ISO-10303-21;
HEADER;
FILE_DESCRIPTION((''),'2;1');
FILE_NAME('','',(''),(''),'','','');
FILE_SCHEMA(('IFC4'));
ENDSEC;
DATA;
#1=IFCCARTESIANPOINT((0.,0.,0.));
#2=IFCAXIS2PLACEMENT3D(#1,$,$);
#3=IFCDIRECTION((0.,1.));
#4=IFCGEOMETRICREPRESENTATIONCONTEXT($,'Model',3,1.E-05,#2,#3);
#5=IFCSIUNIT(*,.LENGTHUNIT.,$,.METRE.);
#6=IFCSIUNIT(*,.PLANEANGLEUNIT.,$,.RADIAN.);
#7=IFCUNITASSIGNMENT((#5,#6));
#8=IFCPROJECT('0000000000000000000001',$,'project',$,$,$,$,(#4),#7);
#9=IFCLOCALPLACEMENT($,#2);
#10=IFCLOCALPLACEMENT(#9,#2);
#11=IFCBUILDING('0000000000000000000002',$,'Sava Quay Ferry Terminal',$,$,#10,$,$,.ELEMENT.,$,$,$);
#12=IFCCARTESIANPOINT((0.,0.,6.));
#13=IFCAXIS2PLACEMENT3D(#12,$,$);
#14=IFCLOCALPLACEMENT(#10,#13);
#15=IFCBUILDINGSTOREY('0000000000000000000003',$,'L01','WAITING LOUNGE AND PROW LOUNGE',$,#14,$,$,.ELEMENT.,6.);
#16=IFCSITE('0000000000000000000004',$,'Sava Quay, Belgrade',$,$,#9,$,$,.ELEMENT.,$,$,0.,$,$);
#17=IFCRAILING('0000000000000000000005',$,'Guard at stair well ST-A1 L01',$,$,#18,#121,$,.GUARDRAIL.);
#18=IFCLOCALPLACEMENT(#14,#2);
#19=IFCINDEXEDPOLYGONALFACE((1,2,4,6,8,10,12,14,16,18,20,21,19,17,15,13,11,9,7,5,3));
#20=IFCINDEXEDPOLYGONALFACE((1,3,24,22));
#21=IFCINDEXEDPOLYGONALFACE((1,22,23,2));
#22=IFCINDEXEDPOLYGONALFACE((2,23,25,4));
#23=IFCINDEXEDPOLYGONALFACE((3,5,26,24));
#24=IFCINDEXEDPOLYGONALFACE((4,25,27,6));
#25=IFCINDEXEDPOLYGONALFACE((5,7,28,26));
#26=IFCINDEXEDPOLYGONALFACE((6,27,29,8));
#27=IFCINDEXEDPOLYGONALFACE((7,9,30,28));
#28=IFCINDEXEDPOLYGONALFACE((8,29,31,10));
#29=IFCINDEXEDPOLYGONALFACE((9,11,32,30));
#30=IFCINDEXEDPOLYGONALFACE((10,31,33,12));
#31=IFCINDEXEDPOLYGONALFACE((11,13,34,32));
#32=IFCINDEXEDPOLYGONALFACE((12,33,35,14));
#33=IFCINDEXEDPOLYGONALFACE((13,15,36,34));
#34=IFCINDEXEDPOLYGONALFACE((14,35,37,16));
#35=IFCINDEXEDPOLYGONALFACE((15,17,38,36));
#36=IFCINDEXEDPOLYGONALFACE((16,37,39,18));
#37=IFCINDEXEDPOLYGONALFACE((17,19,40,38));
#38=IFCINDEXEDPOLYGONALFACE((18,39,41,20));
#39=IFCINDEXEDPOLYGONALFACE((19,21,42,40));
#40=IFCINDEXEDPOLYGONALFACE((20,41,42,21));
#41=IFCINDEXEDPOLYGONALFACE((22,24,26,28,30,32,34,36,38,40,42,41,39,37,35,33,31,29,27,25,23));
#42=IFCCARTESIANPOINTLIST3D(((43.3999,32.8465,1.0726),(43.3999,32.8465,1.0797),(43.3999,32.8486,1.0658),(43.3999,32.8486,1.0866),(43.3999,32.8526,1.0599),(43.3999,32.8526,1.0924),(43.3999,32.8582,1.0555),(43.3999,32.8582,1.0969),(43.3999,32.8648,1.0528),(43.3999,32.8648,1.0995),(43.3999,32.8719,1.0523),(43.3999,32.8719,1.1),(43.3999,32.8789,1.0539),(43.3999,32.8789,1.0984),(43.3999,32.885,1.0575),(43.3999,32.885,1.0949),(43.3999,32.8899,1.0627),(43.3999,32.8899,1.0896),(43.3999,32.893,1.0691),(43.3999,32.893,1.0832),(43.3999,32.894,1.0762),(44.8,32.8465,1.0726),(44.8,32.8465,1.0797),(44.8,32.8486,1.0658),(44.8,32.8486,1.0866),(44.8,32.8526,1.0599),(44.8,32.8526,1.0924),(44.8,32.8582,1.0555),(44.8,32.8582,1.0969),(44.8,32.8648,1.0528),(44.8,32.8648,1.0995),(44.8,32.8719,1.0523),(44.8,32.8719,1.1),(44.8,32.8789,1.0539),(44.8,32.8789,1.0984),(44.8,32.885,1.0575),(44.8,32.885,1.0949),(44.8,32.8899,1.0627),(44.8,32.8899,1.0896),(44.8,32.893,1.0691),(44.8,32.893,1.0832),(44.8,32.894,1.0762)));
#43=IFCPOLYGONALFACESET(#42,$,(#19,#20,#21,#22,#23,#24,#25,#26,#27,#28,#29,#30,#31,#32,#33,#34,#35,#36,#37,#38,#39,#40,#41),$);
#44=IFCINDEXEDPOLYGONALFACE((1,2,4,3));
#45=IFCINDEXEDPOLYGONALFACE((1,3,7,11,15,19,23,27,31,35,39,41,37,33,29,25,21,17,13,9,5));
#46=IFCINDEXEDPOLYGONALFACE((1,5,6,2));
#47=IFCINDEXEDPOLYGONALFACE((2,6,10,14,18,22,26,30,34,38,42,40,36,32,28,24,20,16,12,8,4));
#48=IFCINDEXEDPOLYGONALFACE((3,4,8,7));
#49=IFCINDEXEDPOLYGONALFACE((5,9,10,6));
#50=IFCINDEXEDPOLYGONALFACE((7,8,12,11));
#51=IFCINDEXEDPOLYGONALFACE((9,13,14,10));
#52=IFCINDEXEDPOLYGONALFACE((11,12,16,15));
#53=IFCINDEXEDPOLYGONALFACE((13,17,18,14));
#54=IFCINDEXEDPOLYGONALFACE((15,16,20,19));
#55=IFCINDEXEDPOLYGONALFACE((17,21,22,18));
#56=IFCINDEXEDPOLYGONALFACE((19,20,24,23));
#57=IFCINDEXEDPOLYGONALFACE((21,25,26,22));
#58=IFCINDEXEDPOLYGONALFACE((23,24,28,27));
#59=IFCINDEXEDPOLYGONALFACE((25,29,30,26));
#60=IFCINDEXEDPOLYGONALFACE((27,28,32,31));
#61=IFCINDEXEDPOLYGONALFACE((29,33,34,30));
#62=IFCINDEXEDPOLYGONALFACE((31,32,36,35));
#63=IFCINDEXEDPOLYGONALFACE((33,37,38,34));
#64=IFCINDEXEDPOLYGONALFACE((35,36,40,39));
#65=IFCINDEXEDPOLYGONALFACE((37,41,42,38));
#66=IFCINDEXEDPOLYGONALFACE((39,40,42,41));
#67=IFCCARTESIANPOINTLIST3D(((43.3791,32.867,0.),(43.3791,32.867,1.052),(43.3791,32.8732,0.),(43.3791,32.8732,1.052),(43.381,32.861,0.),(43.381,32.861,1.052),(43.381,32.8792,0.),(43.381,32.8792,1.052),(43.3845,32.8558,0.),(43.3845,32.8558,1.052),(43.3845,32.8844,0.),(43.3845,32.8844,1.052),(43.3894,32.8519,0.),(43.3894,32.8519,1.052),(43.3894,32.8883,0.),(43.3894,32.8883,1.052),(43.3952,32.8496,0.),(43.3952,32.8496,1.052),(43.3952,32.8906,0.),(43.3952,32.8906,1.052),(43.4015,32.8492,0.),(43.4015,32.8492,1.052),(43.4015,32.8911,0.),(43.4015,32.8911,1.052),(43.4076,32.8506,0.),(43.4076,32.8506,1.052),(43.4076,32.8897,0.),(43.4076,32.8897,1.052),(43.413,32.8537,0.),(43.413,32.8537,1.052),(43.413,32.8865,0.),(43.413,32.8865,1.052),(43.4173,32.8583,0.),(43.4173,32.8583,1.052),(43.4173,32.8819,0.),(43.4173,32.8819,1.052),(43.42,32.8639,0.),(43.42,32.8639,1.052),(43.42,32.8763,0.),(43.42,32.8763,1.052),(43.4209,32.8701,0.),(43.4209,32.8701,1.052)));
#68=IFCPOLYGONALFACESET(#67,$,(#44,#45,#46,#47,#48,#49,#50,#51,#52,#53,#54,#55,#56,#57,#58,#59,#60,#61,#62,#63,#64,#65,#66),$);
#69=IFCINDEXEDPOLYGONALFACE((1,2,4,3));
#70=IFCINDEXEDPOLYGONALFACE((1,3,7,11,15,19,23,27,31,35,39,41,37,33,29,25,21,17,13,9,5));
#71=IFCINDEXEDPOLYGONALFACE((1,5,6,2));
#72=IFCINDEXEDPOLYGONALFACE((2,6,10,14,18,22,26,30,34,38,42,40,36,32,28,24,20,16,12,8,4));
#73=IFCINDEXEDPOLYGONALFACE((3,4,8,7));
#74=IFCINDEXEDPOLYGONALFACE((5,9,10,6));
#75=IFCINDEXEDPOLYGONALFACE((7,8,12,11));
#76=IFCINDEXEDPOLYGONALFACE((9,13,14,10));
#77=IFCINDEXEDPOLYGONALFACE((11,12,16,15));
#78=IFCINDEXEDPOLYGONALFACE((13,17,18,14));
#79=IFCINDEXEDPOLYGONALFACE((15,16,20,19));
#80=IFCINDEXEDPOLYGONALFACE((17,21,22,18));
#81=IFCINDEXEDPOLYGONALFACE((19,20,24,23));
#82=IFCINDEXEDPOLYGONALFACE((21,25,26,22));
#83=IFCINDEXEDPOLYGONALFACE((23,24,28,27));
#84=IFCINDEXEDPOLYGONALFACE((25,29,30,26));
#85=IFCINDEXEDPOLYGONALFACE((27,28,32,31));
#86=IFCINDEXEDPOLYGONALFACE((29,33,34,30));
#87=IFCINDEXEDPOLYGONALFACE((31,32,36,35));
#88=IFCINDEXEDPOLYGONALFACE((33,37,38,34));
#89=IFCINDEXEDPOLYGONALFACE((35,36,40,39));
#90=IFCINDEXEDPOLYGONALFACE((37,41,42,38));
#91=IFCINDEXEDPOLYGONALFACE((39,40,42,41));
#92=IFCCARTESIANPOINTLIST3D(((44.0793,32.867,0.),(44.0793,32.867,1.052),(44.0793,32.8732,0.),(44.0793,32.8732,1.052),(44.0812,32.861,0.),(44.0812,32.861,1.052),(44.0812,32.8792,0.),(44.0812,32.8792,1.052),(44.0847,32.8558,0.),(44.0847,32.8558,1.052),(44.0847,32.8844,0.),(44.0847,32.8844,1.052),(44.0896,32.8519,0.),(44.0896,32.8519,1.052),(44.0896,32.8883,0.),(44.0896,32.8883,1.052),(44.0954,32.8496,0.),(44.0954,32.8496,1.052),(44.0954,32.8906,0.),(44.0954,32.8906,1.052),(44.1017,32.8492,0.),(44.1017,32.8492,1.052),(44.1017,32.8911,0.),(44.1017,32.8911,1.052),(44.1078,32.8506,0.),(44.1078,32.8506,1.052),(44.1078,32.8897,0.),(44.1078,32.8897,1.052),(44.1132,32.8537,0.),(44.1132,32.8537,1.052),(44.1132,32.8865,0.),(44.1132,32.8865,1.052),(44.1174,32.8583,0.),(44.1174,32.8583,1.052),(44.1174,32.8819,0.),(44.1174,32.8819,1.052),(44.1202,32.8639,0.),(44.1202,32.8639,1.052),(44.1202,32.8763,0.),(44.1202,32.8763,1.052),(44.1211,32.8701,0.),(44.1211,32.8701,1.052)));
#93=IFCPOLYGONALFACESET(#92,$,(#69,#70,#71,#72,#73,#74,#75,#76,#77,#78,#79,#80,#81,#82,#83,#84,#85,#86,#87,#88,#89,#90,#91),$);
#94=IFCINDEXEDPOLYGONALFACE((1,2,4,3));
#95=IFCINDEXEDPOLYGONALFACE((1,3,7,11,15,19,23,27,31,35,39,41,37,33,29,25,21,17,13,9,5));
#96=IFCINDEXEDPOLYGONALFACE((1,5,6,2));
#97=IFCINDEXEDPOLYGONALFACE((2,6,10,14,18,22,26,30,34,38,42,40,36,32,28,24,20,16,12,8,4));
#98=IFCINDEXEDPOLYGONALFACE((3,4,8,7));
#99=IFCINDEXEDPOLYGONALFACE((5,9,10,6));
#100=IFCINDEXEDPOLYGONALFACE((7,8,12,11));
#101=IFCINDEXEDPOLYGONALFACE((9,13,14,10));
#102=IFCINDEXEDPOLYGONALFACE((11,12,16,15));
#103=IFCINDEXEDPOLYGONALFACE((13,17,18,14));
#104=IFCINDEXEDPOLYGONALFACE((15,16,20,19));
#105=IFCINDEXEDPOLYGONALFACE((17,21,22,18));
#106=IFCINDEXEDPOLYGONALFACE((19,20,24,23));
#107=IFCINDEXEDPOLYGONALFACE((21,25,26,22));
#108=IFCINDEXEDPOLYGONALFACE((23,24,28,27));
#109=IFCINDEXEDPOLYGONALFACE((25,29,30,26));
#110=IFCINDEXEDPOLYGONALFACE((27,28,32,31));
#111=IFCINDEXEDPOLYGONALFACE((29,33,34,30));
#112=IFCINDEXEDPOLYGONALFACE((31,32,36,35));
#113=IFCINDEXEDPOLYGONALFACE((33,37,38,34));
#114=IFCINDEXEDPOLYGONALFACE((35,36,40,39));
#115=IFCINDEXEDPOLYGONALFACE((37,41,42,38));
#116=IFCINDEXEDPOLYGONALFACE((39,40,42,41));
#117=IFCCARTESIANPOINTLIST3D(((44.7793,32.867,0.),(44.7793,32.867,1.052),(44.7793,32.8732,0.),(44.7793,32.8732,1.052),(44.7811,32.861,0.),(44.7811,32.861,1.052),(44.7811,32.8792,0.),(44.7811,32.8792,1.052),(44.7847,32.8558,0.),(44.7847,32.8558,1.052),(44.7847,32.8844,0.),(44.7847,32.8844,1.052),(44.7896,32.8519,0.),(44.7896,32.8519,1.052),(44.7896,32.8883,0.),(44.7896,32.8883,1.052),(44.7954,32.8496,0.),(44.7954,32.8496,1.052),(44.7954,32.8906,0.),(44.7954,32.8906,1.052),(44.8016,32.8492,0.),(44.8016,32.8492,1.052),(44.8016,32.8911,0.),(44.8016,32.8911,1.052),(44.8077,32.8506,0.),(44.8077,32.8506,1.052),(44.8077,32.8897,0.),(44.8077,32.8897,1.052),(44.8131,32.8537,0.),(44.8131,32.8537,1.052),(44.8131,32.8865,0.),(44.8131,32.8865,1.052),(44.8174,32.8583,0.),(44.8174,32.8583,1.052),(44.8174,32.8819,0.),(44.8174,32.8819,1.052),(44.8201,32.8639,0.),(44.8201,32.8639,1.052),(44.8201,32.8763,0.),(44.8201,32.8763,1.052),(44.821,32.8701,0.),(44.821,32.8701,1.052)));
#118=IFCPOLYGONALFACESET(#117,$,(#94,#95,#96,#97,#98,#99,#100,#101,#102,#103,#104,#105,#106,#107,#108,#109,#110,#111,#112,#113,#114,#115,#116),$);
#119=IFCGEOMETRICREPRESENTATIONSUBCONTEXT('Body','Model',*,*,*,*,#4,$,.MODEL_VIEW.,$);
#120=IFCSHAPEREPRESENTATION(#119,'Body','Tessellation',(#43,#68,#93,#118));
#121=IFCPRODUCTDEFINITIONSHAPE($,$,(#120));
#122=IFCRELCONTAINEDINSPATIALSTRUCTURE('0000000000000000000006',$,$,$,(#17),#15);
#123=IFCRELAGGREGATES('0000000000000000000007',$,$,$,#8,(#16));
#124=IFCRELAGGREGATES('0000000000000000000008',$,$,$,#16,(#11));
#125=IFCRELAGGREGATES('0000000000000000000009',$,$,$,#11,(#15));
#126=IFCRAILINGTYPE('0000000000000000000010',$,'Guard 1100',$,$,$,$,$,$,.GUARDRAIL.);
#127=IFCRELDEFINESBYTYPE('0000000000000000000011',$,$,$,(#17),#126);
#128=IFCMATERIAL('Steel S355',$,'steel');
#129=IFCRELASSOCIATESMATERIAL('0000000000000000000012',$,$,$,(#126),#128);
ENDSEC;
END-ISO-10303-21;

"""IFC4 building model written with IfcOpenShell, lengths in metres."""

from ifc_helpers import new_model, si_unit, direction, frame, origin, origin_2d, place, context, subcontext, project, spatial, circle, extrude, material, type_object, element, save


model = new_model("IFC4")

# Units and contexts
model_context = context("Model", 3, precision=1e-05, world=origin(), true_north=direction((0.0, 1.0)))
body_context = subcontext(model_context, "Body", "Model", "MODEL_VIEW")
ifc_project = project(units=[si_unit("LENGTHUNIT", "METRE"), si_unit("PLANEANGLEUNIT", "RADIAN")], contexts=[model_context])

# Site, building, storey
site_placement = place(None, origin())
site = spatial("IfcSite", under=ifc_project, at=site_placement, Name="Sava Quay, Belgrade", CompositionType="ELEMENT", RefElevation=0.0)
building_placement = place(site_placement, origin())
building = spatial("IfcBuilding", under=site, at=building_placement, Name="Sava Quay Ferry Terminal", CompositionType="ELEMENT")
storey_placement = place(building_placement, frame((0.0, 0.0, 6.0)))
storey = spatial("IfcBuildingStorey", under=building, at=storey_placement, Name="L01", Description="WAITING LOUNGE AND PROW LOUNGE", CompositionType="ELEMENT", Elevation=6.0)

# Railing
ifc_material_1 = material(Name="Steel S355", Category="steel")
railing_type = type_object("IfcRailingType", Name="Guard 1100", PredefinedType="GUARDRAIL", material=ifc_material_1)
railing_placement = place(storey_placement, frame((43.3999, 32.8701, 0.0)))
element("IfcRailing", 1, at=railing_placement, inside=storey, type_object=railing_type, Name="Guard at stair well ST-A1 L01", PredefinedType="GUARDRAIL", context=body_context, shape_type="SweptSolid", body=[
    extrude(circle(Radius=0.0239, at=origin_2d()), frame((0.0, 0.0, 1.0762), z_axis=(1.0, 0.0, 0.0), x_axis=(0.0, 1.0, 0.0)), (0.0, 0.0, 1.0), 1.4001),
    extrude(circle(Radius=0.021, at=origin_2d()), origin(), (0.0, 0.0, 1.0), 1.052),
    extrude(circle(Radius=0.021, at=origin_2d()), frame((0.7002, 0.0, 0.0)), (0.0, 0.0, 1.0), 1.052),
    extrude(circle(Radius=0.021, at=origin_2d()), frame((1.4001, 0.0, 0.0)), (0.0, 0.0, 1.0), 1.052),
])

save(model, "model.ifc")
